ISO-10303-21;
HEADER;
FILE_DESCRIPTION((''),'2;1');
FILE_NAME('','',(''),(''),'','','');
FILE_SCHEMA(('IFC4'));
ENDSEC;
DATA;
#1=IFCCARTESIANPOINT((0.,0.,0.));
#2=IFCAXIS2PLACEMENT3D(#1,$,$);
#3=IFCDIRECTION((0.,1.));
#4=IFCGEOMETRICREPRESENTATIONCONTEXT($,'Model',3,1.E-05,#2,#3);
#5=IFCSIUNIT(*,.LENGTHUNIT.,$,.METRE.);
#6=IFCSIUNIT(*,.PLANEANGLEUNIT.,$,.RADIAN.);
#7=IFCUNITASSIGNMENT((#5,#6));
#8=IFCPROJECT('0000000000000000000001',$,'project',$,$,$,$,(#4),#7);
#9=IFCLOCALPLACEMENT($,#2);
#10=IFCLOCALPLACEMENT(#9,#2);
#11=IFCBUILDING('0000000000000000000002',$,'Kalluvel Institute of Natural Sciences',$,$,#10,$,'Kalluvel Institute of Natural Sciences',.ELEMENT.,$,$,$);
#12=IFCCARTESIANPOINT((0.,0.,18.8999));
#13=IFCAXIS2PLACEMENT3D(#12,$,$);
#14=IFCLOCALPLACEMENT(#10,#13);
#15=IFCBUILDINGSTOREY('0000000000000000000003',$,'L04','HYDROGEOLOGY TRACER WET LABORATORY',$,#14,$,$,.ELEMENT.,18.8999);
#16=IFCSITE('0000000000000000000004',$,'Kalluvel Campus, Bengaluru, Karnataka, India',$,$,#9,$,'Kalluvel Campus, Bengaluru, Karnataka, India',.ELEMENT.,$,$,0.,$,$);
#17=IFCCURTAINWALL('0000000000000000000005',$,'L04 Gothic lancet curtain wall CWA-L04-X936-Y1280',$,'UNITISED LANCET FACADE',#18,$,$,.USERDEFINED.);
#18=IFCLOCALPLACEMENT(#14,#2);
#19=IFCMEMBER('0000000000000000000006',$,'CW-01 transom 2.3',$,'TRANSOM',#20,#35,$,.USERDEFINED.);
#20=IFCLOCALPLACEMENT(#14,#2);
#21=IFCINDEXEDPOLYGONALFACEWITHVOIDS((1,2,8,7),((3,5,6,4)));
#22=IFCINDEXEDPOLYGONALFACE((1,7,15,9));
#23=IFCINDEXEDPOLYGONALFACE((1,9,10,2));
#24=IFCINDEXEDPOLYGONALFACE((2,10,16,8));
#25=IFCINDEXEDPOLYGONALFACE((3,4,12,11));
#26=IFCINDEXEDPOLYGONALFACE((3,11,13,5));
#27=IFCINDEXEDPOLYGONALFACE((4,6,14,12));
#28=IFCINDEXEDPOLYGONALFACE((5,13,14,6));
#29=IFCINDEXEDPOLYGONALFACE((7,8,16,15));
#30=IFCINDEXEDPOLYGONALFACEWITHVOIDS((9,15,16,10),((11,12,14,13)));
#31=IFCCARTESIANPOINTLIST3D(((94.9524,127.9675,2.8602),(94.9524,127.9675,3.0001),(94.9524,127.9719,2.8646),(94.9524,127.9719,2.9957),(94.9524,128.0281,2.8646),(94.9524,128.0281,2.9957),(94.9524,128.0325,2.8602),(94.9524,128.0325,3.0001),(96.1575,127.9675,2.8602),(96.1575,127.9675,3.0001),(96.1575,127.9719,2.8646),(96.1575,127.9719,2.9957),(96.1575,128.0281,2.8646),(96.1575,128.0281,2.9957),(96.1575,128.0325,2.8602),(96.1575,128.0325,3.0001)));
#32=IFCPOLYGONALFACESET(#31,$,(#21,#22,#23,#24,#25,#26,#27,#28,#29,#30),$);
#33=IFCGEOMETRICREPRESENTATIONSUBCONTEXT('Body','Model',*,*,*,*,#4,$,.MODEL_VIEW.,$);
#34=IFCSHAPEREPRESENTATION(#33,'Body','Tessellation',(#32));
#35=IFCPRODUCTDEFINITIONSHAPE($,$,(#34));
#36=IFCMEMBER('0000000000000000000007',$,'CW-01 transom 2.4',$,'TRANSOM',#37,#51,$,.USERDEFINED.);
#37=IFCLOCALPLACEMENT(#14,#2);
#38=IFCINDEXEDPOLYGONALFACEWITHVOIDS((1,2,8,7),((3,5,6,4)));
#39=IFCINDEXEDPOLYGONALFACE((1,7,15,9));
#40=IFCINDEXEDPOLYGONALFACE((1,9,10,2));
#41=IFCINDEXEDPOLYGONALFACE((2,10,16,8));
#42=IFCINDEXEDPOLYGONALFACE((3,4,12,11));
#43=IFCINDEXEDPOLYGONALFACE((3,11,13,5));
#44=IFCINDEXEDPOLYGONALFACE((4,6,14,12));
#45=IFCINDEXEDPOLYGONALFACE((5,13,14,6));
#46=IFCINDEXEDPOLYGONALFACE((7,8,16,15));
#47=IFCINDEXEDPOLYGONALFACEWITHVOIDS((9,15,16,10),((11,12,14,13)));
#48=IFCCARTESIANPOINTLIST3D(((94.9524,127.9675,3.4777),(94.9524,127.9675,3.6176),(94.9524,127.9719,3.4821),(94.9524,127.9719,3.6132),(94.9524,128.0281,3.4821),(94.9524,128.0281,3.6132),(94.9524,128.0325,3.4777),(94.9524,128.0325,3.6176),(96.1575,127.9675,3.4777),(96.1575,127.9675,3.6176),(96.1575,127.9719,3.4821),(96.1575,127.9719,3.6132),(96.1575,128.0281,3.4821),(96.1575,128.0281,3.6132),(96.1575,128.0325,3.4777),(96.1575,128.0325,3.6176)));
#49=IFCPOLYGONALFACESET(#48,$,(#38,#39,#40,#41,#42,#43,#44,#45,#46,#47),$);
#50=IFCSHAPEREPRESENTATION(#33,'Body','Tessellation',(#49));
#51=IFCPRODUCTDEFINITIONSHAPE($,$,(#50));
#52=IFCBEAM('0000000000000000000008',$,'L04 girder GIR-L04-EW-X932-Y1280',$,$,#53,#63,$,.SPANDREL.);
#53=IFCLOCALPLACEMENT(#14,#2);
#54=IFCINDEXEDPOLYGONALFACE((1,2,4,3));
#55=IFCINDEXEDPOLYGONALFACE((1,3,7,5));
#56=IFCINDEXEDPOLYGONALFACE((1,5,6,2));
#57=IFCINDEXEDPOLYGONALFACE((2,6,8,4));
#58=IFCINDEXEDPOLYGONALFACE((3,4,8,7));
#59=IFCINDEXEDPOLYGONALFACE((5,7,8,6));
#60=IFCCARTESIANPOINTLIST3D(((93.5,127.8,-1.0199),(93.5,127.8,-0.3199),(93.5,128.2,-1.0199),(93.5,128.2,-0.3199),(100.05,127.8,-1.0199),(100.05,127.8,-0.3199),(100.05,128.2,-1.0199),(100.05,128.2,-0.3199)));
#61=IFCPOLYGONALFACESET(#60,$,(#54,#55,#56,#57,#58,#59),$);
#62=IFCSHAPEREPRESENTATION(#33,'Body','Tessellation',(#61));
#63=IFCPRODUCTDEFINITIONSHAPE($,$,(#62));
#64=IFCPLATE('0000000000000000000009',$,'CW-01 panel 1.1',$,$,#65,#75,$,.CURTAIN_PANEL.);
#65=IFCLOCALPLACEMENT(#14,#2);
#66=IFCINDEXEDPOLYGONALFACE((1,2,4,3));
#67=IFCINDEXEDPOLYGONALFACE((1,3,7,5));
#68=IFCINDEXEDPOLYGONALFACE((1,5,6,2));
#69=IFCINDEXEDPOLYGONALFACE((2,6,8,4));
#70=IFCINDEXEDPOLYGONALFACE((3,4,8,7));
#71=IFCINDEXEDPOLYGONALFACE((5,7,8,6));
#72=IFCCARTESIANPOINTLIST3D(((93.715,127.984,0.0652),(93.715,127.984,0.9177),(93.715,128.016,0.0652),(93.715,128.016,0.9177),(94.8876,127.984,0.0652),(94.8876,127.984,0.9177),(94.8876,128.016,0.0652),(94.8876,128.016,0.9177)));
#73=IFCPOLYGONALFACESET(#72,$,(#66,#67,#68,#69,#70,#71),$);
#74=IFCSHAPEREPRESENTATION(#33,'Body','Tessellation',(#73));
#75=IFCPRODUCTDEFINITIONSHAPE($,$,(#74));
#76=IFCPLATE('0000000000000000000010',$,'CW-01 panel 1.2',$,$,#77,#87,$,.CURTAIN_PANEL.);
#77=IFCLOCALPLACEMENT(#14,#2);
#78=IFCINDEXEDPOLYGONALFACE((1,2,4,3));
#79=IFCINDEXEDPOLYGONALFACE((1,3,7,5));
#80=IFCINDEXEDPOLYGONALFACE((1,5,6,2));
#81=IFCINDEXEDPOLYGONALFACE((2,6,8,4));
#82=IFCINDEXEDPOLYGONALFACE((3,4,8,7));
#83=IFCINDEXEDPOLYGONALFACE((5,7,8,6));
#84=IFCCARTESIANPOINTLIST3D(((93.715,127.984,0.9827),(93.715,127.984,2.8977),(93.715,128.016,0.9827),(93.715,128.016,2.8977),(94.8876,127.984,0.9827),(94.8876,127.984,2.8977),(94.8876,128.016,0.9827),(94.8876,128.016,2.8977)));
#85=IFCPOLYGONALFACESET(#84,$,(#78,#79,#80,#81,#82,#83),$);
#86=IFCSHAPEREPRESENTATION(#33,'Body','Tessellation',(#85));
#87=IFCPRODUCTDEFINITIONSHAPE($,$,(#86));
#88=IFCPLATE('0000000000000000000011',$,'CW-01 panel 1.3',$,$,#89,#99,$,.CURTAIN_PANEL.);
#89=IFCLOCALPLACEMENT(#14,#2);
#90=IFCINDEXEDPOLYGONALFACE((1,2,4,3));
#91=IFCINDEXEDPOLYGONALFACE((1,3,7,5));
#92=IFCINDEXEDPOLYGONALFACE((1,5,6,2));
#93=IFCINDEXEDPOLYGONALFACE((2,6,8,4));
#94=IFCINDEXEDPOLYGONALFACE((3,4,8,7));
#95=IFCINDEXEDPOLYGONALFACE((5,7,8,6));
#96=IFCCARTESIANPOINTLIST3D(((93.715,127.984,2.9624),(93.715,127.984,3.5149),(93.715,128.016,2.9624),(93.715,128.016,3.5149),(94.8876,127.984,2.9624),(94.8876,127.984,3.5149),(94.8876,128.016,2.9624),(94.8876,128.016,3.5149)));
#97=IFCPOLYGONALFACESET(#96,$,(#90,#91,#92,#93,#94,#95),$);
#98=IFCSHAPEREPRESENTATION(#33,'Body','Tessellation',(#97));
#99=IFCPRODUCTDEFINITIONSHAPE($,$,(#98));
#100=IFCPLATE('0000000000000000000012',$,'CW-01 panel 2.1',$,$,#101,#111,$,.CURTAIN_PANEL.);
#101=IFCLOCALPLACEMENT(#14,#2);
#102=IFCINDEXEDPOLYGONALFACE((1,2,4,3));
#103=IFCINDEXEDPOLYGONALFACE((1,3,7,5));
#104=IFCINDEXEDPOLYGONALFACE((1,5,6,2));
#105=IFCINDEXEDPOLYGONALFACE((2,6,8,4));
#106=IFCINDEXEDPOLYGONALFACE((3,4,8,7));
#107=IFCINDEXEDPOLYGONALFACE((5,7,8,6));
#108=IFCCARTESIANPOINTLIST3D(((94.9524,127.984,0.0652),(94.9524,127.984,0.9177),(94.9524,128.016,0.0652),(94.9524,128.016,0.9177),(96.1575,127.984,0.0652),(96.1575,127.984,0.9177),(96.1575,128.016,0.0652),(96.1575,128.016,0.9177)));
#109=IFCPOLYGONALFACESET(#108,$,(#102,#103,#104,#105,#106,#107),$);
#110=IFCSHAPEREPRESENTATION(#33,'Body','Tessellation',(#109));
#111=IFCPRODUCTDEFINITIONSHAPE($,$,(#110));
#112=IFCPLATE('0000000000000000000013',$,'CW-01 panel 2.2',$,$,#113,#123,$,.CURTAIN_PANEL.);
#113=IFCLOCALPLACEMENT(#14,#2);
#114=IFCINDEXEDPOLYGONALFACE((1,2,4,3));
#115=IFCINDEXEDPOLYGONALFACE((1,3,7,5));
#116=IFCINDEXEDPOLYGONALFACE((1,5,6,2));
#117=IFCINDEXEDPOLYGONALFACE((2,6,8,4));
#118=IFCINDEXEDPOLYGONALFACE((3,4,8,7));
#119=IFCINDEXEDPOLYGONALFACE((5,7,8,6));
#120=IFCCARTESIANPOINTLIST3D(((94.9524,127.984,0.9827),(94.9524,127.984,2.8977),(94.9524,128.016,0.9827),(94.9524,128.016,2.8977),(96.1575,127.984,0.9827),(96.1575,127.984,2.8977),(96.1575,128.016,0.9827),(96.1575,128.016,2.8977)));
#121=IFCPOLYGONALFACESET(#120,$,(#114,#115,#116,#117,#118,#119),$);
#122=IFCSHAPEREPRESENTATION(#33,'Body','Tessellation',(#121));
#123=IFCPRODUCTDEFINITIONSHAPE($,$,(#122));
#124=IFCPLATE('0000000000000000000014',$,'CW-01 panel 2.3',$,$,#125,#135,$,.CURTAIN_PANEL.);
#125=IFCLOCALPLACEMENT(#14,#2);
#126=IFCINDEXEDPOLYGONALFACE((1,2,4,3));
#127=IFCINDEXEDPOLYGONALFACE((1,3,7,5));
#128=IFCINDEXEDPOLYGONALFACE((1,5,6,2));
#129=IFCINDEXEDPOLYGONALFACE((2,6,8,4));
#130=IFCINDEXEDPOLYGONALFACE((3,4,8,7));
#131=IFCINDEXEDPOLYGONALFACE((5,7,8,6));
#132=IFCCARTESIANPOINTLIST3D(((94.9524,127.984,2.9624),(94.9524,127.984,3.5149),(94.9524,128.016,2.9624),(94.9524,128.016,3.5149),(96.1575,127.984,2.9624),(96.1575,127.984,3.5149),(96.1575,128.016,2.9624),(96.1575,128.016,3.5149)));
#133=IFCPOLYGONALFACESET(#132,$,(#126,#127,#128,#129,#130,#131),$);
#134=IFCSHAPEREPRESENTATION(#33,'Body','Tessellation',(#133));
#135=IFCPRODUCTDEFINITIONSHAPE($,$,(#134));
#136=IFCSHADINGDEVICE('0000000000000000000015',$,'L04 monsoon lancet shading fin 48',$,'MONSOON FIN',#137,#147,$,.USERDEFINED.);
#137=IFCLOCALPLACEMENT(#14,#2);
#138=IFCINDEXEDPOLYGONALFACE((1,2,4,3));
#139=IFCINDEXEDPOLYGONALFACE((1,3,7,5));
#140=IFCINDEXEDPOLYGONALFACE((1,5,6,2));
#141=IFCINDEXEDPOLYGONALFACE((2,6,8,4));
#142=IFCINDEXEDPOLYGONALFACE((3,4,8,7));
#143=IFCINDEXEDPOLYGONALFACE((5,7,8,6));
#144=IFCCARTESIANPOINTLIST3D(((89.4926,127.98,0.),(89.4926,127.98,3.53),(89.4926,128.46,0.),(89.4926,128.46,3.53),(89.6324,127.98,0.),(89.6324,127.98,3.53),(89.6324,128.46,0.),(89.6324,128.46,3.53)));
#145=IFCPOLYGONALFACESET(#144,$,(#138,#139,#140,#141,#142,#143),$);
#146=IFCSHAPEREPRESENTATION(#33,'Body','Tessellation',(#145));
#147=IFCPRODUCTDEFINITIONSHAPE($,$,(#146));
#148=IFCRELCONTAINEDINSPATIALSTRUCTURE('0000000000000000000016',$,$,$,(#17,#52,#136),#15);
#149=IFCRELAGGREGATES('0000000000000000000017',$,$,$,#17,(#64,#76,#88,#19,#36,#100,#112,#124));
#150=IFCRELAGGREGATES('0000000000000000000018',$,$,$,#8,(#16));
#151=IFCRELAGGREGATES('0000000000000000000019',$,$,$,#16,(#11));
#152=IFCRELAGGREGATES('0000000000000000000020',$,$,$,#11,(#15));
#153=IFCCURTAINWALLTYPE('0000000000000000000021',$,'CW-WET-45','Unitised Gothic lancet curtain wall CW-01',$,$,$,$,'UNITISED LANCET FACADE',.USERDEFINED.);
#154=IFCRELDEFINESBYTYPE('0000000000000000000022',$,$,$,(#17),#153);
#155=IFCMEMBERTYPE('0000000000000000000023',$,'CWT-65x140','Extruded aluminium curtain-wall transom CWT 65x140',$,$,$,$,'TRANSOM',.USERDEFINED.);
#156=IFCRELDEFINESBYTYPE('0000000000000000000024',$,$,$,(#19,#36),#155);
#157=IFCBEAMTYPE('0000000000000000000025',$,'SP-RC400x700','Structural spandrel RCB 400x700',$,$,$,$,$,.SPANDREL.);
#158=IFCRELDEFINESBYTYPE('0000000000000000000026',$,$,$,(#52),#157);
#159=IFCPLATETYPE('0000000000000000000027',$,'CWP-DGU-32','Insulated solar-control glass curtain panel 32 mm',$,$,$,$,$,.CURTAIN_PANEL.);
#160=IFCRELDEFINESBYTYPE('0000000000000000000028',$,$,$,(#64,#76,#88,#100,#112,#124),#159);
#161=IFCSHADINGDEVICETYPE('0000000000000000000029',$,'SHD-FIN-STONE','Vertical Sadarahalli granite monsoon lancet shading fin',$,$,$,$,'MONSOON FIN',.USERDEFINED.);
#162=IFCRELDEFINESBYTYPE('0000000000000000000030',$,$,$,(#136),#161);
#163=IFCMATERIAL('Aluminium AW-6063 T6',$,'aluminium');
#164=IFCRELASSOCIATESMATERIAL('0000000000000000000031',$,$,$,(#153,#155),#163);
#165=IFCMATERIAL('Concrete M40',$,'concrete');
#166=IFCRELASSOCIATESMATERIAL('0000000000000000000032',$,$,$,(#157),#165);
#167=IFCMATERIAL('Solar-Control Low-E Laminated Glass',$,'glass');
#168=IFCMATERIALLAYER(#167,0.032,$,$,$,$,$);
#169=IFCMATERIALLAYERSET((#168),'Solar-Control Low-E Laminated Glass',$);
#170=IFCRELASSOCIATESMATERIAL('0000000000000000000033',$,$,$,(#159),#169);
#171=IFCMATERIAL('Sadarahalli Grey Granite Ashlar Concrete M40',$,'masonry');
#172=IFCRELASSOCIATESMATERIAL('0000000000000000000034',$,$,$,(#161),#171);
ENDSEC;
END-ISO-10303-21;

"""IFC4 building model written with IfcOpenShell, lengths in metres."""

from ifc_helpers import new_model, si_unit, direction, frame, origin, origin_2d, place, context, subcontext, project, spatial, rectangle, hollow_rectangle, extrude, material, layer, layer_set, material_profile, profile_set, type_object, element, aggregate, save


model = new_model("IFC4")

# Units and contexts
model_context = context("Model", 3, precision=1e-05, world=origin(), true_north=direction((0.0, 1.0)))
body_context = subcontext(model_context, "Body", "Model", "MODEL_VIEW")
ifc_project = project(units=[si_unit("LENGTHUNIT", "METRE"), si_unit("PLANEANGLEUNIT", "RADIAN")], contexts=[model_context])

# Site, building, storey
site_placement = place(None, origin())
site = spatial("IfcSite", under=ifc_project, at=site_placement, Name="Kalluvel Campus, Bengaluru, Karnataka, India", LongName="Kalluvel Campus, Bengaluru, Karnataka, India", CompositionType="ELEMENT", RefElevation=0.0)
building_placement = place(site_placement, origin())
building = spatial("IfcBuilding", under=site, at=building_placement, Name="Kalluvel Institute of Natural Sciences", LongName="Kalluvel Institute of Natural Sciences", CompositionType="ELEMENT")
storey_placement = place(building_placement, frame((0.0, 0.0, 18.8999)))
storey = spatial("IfcBuildingStorey", under=building, at=storey_placement, Name="L04", Description="HYDROGEOLOGY TRACER WET LABORATORY", CompositionType="ELEMENT", Elevation=18.8999)

# Shared definitions
ifc_material_1 = material(Name="Aluminium AW-6063 T6", Category="aluminium")
curtain_wall_type = type_object("IfcCurtainWallType", Name="CW-WET-45", Description="Unitised Gothic lancet curtain wall CW-01", ElementType="UNITISED LANCET FACADE", PredefinedType="USERDEFINED", material=ifc_material_1)

# Curtain wall, members
curtain_wall_1_placement = place(storey_placement, origin())
curtain_wall_1 = element("IfcCurtainWall", 1, at=curtain_wall_1_placement, inside=storey, type_object=curtain_wall_type, Name="L04 Gothic lancet curtain wall CWA-L04-X936-Y1280", ObjectType="UNITISED LANCET FACADE", PredefinedType="USERDEFINED")
ifc_material_profile_1 = material_profile(ifc_material_1, hollow_rectangle(XDim=0.0649, YDim=0.1399, WallThickness=0.0044, at=origin_2d()), Name="CWT 65x140")
ifc_profile_set_1 = profile_set([ifc_material_profile_1], Name="Aluminium AW-6063 T6")
member_type_1 = type_object("IfcMemberType", Name="CWT-65x140", Description="Extruded aluminium curtain-wall transom CWT 65x140", ElementType="TRANSOM", PredefinedType="USERDEFINED", material=ifc_profile_set_1)
member_1_placement = place(storey_placement, frame((94.9524, 128.0, 2.9302), z_axis=(1.0, 0.0, 0.0), x_axis=(0.0, 1.0, 0.0)))
member_1 = element("IfcMember", 2, at=member_1_placement, type_object=member_type_1, Name="CW-01 transom 2.3", ObjectType="TRANSOM", PredefinedType="USERDEFINED", context=body_context, shape_type="SweptSolid", body=[
    extrude(hollow_rectangle(XDim=0.0649, YDim=0.1399, WallThickness=0.0044, at=origin_2d()), origin(), (0.0, 0.0, 1.0), 1.2051),
])
member_2_placement = place(storey_placement, frame((94.9524, 128.0, 3.5476), z_axis=(1.0, 0.0, 0.0), x_axis=(0.0, 1.0, 0.0)))
member_2 = element("IfcMember", 3, at=member_2_placement, type_object=member_type_1, Name="CW-01 transom 2.4", ObjectType="TRANSOM", PredefinedType="USERDEFINED", context=body_context, shape_type="SweptSolid", body=[
    extrude(hollow_rectangle(XDim=0.0649, YDim=0.1399, WallThickness=0.0044, at=origin_2d()), origin(), (0.0, 0.0, 1.0), 1.2051),
])

# Beam
ifc_material_2 = material(Name="Concrete M40", Category="concrete")
ifc_material_profile_2 = material_profile(ifc_material_2, rectangle(XDim=0.3999, YDim=0.7, at=origin_2d()), Name="RCB 400x700")
ifc_profile_set_2 = profile_set([ifc_material_profile_2], Name="Concrete M40")
beam_type = type_object("IfcBeamType", Name="SP-RC400x700", Description="Structural spandrel RCB 400x700", PredefinedType="SPANDREL", material=ifc_profile_set_2)
beam_placement = place(storey_placement, frame((93.5, 128.0, -0.6699), z_axis=(1.0, 0.0, 0.0), x_axis=(0.0, 1.0, 0.0)))
element("IfcBeam", 4, at=beam_placement, inside=storey, type_object=beam_type, Name="L04 girder GIR-L04-EW-X932-Y1280", PredefinedType="SPANDREL", context=body_context, shape_type="SweptSolid", body=[
    extrude(rectangle(XDim=0.3999, YDim=0.7, at=origin_2d()), origin(), (0.0, 0.0, 1.0), 6.55),
])

# Plates
ifc_material_3 = material(Name="Solar-Control Low-E Laminated Glass", Category="glass")
ifc_layer = layer(ifc_material_3, 0.032)
ifc_layer_set = layer_set([ifc_layer], Name="Solar-Control Low-E Laminated Glass")
plate_type = type_object("IfcPlateType", Name="CWP-DGU-32", Description="Insulated solar-control glass curtain panel 32 mm", PredefinedType="CURTAIN_PANEL", material=ifc_layer_set)
plate_1_placement = place(storey_placement, frame((94.3013, 128.0, 0.0652), z_axis=(0.0, 0.0, 1.0), x_axis=(1.0, 0.0, 0.0)))
plate_1 = element("IfcPlate", 5, at=plate_1_placement, type_object=plate_type, Name="CW-01 panel 1.1", PredefinedType="CURTAIN_PANEL", context=body_context, shape_type="SweptSolid", body=[
    extrude(rectangle(XDim=1.1726, YDim=0.032, at=origin_2d()), origin(), (0.0, 0.0, 1.0), 0.8525),
])
plate_2_placement = place(storey_placement, frame((94.3013, 128.0, 0.9827), z_axis=(0.0, 0.0, 1.0), x_axis=(1.0, 0.0, 0.0)))
plate_2 = element("IfcPlate", 6, at=plate_2_placement, type_object=plate_type, Name="CW-01 panel 1.2", PredefinedType="CURTAIN_PANEL", context=body_context, shape_type="SweptSolid", body=[
    extrude(rectangle(XDim=1.1726, YDim=0.032, at=origin_2d()), origin(), (0.0, 0.0, 1.0), 1.915),
])
plate_3_placement = place(storey_placement, frame((94.3013, 128.0, 2.9624), z_axis=(0.0, 0.0, 1.0), x_axis=(1.0, 0.0, 0.0)))
plate_3 = element("IfcPlate", 7, at=plate_3_placement, type_object=plate_type, Name="CW-01 panel 1.3", PredefinedType="CURTAIN_PANEL", context=body_context, shape_type="SweptSolid", body=[
    extrude(rectangle(XDim=1.1726, YDim=0.032, at=origin_2d()), origin(), (0.0, 0.0, 1.0), 0.5525),
])
plate_4_placement = place(storey_placement, frame((95.5549, 128.0, 0.0652), z_axis=(0.0, 0.0, 1.0), x_axis=(1.0, 0.0, 0.0)))
plate_4 = element("IfcPlate", 8, at=plate_4_placement, type_object=plate_type, Name="CW-01 panel 2.1", PredefinedType="CURTAIN_PANEL", context=body_context, shape_type="SweptSolid", body=[
    extrude(rectangle(XDim=1.2051, YDim=0.032, at=origin_2d()), origin(), (0.0, 0.0, 1.0), 0.8525),
])
plate_5_placement = place(storey_placement, frame((95.5549, 128.0, 0.9827), z_axis=(0.0, 0.0, 1.0), x_axis=(1.0, 0.0, 0.0)))
plate_5 = element("IfcPlate", 9, at=plate_5_placement, type_object=plate_type, Name="CW-01 panel 2.2", PredefinedType="CURTAIN_PANEL", context=body_context, shape_type="SweptSolid", body=[
    extrude(rectangle(XDim=1.2051, YDim=0.032, at=origin_2d()), origin(), (0.0, 0.0, 1.0), 1.915),
])
plate_6_placement = place(storey_placement, frame((95.5549, 128.0, 2.9624), z_axis=(0.0, 0.0, 1.0), x_axis=(1.0, 0.0, 0.0)))
plate_6 = element("IfcPlate", 10, at=plate_6_placement, type_object=plate_type, Name="CW-01 panel 2.3", PredefinedType="CURTAIN_PANEL", context=body_context, shape_type="SweptSolid", body=[
    extrude(rectangle(XDim=1.2051, YDim=0.032, at=origin_2d()), origin(), (0.0, 0.0, 1.0), 0.5525),
])
aggregate(curtain_wall_1, [plate_1, plate_2, plate_3, member_1, member_2, plate_4, plate_5, plate_6])

# Shading device
ifc_material_4 = material(Name="Sadarahalli Grey Granite Ashlar Concrete M40", Category="masonry")
shading_device_type = type_object("IfcShadingDeviceType", Name="SHD-FIN-STONE", Description="Vertical Sadarahalli granite monsoon lancet shading fin", ElementType="MONSOON FIN", PredefinedType="USERDEFINED", material=ifc_material_4)
shading_device_placement = place(storey_placement, frame((89.5625, 128.22, 0.0), z_axis=(0.0, 0.0, 1.0), x_axis=(1.0, 0.0, 0.0)))
element("IfcShadingDevice", 11, at=shading_device_placement, inside=storey, type_object=shading_device_type, Name="L04 monsoon lancet shading fin 48", ObjectType="MONSOON FIN", PredefinedType="USERDEFINED", context=body_context, shape_type="SweptSolid", body=[
    extrude(rectangle(XDim=0.1399, YDim=0.48, at=origin_2d()), origin(), (0.0, 0.0, 1.0), 3.53),
])

save(model, "model.ifc")
